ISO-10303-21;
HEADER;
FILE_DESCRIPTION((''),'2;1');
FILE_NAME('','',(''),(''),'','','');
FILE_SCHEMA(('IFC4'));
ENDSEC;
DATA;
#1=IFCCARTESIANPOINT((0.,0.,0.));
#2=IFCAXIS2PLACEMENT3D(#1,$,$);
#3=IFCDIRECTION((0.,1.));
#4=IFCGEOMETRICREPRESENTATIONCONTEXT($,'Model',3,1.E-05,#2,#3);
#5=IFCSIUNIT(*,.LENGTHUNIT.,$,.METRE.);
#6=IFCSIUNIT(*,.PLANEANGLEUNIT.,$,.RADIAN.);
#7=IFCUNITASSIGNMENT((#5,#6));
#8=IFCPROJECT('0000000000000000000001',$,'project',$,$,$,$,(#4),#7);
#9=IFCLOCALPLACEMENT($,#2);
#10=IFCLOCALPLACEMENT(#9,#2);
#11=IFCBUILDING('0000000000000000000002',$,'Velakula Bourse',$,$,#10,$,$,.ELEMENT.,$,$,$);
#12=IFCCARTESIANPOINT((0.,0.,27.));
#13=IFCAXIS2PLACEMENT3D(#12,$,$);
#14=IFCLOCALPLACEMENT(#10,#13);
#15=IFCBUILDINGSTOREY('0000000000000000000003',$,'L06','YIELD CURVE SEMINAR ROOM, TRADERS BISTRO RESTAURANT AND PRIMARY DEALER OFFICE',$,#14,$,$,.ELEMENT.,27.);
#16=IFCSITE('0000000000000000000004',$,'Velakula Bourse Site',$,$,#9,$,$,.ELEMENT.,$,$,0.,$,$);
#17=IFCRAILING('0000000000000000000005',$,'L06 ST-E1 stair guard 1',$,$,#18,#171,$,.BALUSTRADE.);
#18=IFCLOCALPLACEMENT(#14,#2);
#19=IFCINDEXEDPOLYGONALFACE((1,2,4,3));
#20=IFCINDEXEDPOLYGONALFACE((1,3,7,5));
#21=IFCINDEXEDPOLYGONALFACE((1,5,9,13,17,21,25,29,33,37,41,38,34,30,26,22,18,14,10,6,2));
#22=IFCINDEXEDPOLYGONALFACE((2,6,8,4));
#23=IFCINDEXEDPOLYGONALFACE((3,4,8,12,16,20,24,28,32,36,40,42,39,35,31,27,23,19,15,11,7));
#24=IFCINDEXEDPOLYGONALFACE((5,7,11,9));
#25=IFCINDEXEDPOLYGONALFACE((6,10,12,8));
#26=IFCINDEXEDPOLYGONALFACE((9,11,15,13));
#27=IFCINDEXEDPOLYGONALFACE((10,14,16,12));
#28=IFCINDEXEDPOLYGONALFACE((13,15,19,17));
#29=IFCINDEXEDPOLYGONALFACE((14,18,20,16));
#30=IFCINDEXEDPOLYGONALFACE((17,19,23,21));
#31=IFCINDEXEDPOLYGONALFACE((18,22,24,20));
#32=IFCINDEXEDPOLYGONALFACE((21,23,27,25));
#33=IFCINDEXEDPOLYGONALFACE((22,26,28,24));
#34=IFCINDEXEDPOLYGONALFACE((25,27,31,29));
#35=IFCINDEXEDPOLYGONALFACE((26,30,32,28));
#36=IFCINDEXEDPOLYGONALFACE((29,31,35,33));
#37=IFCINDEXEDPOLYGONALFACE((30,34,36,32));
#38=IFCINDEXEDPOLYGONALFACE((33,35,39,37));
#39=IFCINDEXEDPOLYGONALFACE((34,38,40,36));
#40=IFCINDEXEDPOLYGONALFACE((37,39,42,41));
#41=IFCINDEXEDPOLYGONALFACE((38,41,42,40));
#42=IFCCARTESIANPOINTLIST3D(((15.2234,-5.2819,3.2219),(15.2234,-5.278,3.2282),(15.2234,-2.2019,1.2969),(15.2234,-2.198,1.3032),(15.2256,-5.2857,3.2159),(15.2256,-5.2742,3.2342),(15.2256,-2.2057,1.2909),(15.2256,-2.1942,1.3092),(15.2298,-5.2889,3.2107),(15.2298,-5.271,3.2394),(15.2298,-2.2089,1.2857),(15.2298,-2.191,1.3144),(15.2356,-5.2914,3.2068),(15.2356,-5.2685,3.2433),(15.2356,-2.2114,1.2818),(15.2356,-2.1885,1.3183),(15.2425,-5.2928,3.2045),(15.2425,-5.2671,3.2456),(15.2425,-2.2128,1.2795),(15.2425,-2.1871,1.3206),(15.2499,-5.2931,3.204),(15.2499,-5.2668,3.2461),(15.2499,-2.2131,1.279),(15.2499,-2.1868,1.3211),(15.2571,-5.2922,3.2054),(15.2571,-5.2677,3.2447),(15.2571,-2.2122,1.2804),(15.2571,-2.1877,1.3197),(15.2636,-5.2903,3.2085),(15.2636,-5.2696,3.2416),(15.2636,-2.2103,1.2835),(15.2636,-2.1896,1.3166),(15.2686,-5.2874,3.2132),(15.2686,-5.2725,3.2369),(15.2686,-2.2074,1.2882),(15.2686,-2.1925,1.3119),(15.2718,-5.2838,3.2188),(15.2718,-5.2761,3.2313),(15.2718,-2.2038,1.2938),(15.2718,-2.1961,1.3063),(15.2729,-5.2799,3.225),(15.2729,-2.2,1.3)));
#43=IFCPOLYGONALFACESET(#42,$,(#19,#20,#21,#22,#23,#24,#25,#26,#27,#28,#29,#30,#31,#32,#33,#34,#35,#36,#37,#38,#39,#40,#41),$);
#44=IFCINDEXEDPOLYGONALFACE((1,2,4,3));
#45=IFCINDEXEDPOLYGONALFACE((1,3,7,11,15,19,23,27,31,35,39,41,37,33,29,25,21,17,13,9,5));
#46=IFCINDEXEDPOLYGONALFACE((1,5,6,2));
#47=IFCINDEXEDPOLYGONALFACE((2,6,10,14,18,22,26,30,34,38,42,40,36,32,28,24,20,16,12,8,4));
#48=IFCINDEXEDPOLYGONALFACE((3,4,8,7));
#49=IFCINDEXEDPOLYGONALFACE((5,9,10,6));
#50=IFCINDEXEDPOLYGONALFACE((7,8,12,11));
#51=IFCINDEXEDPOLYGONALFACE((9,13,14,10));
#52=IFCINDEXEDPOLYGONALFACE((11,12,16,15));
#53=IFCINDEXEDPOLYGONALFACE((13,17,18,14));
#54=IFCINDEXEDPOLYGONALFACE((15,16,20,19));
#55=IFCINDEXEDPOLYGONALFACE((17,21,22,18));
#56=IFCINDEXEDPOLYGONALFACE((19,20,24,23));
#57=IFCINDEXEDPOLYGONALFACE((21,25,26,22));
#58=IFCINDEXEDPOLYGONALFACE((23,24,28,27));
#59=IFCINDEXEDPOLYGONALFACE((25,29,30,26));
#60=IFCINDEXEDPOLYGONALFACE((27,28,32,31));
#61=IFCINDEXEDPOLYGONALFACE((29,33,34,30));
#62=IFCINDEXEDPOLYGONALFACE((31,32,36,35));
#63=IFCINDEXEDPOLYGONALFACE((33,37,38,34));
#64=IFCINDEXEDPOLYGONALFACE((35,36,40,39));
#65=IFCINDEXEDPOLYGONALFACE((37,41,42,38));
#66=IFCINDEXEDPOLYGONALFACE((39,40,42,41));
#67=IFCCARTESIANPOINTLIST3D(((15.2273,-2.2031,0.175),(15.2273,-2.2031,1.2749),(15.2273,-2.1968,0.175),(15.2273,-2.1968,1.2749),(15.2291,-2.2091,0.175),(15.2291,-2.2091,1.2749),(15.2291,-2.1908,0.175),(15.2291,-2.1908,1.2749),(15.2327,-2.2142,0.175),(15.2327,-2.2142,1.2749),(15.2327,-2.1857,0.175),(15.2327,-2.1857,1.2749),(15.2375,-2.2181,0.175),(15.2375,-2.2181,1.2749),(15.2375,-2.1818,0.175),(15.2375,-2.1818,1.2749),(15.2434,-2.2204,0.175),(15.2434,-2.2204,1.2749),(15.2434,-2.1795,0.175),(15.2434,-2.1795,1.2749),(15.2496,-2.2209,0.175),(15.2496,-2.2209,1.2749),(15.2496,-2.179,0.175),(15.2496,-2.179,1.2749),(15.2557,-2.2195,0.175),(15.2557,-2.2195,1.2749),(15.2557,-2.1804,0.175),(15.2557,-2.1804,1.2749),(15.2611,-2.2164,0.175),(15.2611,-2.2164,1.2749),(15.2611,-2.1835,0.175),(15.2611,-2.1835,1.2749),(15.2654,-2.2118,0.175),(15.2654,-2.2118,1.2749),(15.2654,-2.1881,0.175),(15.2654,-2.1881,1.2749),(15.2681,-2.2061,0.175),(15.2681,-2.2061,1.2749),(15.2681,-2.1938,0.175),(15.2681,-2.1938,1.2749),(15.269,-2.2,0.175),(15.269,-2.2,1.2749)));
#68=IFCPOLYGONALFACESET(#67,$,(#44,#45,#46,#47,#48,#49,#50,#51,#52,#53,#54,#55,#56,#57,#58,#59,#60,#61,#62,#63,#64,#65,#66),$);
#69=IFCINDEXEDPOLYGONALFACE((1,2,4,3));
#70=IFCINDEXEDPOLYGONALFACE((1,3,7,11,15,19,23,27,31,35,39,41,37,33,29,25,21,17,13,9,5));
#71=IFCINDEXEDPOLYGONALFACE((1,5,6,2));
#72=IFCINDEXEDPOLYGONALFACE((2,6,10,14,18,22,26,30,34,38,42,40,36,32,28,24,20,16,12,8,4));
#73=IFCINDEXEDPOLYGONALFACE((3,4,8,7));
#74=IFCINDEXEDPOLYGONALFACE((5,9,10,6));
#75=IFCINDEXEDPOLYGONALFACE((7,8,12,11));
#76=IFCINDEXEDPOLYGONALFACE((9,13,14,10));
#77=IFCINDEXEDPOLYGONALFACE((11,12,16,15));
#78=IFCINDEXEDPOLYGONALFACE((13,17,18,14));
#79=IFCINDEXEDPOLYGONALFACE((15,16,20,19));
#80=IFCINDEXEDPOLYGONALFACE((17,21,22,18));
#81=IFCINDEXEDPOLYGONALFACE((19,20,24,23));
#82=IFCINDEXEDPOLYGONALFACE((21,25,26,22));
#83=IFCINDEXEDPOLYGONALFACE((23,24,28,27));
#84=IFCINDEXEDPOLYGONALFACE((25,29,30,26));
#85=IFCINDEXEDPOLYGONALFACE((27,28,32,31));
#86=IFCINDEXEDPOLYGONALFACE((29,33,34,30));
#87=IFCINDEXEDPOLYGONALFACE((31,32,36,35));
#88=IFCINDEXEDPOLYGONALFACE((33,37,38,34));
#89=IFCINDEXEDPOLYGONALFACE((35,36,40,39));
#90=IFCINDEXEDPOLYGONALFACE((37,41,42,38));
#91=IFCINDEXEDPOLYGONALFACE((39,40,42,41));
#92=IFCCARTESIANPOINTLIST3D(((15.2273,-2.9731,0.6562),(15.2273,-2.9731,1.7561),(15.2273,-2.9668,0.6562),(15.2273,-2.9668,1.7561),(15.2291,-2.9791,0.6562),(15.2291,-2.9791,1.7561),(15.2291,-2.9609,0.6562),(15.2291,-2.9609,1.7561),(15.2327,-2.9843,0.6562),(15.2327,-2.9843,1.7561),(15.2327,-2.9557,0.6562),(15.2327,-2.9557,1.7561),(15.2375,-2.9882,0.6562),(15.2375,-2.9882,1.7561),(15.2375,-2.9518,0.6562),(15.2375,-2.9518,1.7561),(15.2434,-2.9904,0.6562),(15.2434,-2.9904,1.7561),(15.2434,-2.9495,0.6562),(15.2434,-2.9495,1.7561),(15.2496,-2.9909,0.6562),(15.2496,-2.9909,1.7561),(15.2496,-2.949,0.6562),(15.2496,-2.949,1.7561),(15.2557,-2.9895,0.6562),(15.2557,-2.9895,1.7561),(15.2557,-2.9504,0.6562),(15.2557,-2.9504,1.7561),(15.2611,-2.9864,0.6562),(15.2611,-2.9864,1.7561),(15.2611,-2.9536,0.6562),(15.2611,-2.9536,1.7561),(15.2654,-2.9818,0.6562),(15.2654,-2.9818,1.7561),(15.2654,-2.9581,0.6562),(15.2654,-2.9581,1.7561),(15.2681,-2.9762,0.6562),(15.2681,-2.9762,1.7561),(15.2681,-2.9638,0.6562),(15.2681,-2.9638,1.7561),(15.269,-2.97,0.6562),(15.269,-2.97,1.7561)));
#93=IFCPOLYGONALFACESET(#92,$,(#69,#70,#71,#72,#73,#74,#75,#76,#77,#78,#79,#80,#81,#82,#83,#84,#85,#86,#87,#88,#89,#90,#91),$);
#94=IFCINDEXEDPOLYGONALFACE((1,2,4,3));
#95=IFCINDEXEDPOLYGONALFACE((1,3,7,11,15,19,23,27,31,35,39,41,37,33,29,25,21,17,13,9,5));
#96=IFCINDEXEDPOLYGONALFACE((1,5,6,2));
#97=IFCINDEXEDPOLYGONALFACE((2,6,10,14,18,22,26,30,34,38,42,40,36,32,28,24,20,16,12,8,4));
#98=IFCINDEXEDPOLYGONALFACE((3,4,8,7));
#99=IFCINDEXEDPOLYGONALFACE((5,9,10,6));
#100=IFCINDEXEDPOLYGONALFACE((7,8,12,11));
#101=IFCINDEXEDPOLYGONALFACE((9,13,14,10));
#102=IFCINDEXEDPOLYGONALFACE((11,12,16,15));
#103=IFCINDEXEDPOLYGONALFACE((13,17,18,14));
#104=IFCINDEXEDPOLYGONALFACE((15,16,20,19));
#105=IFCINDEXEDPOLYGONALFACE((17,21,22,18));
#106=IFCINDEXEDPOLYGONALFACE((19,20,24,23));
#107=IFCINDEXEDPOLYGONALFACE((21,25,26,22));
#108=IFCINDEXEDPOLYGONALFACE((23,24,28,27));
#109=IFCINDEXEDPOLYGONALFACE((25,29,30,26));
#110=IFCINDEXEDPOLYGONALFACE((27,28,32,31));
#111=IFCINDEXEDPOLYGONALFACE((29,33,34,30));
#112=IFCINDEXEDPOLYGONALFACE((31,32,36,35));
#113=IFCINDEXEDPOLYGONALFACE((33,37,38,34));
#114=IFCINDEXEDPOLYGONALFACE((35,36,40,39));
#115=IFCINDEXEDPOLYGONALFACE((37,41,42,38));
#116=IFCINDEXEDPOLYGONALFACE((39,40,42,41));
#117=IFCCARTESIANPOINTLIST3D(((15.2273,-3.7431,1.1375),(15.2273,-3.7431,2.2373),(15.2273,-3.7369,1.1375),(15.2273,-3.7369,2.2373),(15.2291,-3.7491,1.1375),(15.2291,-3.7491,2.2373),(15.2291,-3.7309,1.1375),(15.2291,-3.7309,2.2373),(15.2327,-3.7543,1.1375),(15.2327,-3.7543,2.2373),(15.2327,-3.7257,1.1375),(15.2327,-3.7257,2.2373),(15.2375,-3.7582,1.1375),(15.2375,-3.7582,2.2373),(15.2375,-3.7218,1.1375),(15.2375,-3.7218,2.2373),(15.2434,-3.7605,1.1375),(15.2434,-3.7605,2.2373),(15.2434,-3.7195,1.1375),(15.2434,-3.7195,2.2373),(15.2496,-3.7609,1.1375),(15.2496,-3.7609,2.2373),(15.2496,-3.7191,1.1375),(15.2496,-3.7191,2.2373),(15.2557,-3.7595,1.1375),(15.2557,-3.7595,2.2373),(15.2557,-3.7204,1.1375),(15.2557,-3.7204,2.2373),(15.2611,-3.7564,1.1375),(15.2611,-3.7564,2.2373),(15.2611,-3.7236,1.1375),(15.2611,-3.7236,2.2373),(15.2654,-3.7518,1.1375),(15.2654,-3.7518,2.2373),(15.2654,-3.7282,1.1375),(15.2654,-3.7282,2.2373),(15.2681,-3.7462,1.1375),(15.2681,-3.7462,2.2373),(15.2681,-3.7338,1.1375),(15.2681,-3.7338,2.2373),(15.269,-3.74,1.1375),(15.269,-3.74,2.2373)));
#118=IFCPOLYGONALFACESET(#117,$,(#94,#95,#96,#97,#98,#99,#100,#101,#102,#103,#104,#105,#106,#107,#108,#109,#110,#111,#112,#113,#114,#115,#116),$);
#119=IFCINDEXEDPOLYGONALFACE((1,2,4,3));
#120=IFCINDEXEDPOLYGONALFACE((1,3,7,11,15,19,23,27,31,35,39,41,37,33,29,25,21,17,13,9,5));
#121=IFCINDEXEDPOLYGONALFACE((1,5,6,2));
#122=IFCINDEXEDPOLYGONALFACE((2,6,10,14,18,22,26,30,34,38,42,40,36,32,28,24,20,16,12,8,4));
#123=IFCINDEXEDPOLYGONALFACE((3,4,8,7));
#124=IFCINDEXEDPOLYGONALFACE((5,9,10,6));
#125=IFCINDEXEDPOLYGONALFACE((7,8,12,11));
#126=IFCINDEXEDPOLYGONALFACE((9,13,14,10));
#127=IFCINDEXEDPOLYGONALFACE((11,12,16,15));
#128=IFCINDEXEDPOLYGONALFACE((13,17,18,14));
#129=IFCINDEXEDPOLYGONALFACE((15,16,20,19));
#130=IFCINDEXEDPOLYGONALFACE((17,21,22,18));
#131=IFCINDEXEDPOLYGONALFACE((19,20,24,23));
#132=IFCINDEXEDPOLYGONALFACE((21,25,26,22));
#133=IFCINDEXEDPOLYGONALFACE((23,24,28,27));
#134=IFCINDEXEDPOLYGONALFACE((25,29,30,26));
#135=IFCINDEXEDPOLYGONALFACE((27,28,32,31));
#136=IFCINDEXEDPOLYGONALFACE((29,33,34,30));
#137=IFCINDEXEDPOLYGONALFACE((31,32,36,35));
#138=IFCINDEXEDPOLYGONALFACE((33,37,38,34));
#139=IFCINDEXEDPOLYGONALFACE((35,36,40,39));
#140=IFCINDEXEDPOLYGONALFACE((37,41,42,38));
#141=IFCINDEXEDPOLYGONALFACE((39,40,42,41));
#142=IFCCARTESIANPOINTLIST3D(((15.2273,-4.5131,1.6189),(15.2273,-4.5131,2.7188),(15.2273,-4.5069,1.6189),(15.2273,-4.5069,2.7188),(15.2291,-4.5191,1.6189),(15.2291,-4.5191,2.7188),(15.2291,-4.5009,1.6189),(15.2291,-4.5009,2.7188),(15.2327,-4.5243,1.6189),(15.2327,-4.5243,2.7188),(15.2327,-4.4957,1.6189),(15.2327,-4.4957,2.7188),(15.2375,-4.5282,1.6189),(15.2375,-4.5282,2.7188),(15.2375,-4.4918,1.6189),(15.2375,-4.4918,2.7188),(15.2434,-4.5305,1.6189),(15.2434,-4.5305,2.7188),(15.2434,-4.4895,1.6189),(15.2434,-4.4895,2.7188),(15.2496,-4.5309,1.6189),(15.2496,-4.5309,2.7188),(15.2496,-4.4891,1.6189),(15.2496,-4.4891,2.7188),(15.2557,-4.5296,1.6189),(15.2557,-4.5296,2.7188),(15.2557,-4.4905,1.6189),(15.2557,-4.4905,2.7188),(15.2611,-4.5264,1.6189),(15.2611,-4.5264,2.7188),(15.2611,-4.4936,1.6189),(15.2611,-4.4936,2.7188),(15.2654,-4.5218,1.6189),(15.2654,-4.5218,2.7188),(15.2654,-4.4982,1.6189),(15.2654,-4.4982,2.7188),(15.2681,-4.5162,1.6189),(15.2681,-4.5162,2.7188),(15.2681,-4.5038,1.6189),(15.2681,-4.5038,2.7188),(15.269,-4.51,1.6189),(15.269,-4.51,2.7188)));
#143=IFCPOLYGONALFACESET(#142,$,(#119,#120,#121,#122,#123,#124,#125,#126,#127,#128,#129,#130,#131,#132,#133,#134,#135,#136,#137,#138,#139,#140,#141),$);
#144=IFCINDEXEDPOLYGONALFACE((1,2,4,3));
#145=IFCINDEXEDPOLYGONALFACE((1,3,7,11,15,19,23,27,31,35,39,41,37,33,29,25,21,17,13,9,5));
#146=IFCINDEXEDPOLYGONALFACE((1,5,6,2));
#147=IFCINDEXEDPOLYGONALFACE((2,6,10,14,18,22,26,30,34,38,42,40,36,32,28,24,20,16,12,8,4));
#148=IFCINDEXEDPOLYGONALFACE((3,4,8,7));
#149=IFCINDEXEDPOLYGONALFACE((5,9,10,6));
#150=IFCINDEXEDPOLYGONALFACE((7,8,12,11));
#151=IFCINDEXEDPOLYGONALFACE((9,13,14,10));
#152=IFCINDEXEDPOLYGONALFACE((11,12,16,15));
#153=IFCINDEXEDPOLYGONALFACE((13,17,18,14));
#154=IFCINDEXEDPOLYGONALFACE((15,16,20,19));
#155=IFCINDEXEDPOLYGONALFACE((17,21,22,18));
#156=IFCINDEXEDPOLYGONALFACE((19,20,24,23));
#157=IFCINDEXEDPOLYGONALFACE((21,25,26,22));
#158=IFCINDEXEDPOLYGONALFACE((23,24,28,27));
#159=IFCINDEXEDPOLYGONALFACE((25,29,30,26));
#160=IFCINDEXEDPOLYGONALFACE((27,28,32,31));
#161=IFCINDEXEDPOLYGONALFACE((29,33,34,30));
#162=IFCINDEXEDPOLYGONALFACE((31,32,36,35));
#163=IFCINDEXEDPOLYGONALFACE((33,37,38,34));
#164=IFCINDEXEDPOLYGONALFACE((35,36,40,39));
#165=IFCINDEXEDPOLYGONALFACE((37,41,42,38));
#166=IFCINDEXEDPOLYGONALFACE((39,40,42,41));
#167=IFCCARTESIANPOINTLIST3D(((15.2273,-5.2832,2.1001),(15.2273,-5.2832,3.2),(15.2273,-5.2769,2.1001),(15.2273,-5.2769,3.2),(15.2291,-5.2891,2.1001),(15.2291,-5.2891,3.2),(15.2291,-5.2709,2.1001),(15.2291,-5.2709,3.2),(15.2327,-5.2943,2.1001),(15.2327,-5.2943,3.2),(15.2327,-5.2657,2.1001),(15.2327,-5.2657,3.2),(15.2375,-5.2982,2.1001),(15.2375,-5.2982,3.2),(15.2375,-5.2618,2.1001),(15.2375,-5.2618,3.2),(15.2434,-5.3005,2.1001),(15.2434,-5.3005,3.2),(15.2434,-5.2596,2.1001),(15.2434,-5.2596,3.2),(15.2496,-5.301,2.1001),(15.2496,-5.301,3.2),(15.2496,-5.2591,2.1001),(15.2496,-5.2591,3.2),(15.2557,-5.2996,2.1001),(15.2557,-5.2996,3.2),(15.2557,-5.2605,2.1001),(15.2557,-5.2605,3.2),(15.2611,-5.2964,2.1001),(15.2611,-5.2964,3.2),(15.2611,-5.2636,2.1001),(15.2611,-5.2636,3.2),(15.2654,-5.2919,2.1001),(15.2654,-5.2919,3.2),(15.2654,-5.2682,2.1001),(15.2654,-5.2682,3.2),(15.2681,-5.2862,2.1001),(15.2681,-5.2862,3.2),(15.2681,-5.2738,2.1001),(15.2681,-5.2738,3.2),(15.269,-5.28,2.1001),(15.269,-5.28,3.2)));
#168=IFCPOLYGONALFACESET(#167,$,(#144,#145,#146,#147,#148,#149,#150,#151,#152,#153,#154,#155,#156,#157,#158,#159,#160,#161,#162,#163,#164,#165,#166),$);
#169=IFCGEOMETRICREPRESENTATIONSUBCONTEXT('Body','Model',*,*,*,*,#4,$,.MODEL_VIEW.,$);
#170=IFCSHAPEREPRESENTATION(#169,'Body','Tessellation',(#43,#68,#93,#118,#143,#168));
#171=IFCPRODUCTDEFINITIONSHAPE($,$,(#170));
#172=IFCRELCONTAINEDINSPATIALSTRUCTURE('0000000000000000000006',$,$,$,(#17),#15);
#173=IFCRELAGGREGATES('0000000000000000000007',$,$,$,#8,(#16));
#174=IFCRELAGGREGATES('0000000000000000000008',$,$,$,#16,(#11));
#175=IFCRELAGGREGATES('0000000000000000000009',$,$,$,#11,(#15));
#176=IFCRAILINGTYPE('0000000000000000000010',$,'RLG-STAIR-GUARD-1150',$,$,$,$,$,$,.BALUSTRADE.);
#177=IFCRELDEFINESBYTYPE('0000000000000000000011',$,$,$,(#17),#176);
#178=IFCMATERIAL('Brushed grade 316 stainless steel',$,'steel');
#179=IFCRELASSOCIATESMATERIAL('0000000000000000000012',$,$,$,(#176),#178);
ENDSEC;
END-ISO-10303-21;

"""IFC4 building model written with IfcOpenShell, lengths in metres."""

from ifc_helpers import new_model, si_unit, direction, frame, origin, origin_2d, place, context, subcontext, project, spatial, circle, extrude, material, type_object, element, save


model = new_model("IFC4")

# Units and contexts
model_context = context("Model", 3, precision=1e-05, world=origin(), true_north=direction((0.0, 1.0)))
body_context = subcontext(model_context, "Body", "Model", "MODEL_VIEW")
ifc_project = project(units=[si_unit("LENGTHUNIT", "METRE"), si_unit("PLANEANGLEUNIT", "RADIAN")], contexts=[model_context])

# Site, building, storey
site_placement = place(None, origin())
site = spatial("IfcSite", under=ifc_project, at=site_placement, Name="Velakula Bourse Site", CompositionType="ELEMENT", RefElevation=0.0)
building_placement = place(site_placement, origin())
building = spatial("IfcBuilding", under=site, at=building_placement, Name="Velakula Bourse", CompositionType="ELEMENT")
storey_placement = place(building_placement, frame((0.0, 0.0, 27.0)))
storey = spatial("IfcBuildingStorey", under=building, at=storey_placement, Name="L06", Description="YIELD CURVE SEMINAR ROOM, TRADERS BISTRO RESTAURANT AND PRIMARY DEALER OFFICE", CompositionType="ELEMENT", Elevation=27.0)

# Shared definitions
ifc_material_1 = material(Name="Brushed grade 316 stainless steel", Category="steel")

# Railing
railing_type_1 = type_object("IfcRailingType", Name="RLG-STAIR-GUARD-1150", PredefinedType="BALUSTRADE", material=ifc_material_1)
railing_1_placement = place(storey_placement, frame((15.248, -2.2, 0.175)))
element("IfcRailing", 1, at=railing_1_placement, inside=storey, type_object=railing_type_1, Name="L06 ST-E1 stair guard 1", PredefinedType="BALUSTRADE", context=body_context, shape_type="SweptSolid", body=[
    extrude(circle(Radius=0.0249, at=origin_2d()), frame((0.0, 0.0, 1.125), z_axis=(0.0, -0.847998, 0.529999), x_axis=(1.0, 0.0, 0.0)), (0.0, 0.0, 1.0), 3.6321),
    extrude(circle(Radius=0.021, at=origin_2d()), origin(), (0.0, 0.0, 1.0), 1.0999),
    extrude(circle(Radius=0.021, at=origin_2d()), frame((0.0, -0.77, 0.4812)), (0.0, 0.0, 1.0), 1.0999),
    extrude(circle(Radius=0.021, at=origin_2d()), frame((0.0, -1.54, 0.9624)), (0.0, 0.0, 1.0), 1.0999),
    extrude(circle(Radius=0.021, at=origin_2d()), frame((0.0, -2.3101, 1.4438)), (0.0, 0.0, 1.0), 1.0999),
    extrude(circle(Radius=0.021, at=origin_2d()), frame((0.0, -3.0801, 1.925)), (0.0, 0.0, 1.0), 1.0999),
])

save(model, "model.ifc")
